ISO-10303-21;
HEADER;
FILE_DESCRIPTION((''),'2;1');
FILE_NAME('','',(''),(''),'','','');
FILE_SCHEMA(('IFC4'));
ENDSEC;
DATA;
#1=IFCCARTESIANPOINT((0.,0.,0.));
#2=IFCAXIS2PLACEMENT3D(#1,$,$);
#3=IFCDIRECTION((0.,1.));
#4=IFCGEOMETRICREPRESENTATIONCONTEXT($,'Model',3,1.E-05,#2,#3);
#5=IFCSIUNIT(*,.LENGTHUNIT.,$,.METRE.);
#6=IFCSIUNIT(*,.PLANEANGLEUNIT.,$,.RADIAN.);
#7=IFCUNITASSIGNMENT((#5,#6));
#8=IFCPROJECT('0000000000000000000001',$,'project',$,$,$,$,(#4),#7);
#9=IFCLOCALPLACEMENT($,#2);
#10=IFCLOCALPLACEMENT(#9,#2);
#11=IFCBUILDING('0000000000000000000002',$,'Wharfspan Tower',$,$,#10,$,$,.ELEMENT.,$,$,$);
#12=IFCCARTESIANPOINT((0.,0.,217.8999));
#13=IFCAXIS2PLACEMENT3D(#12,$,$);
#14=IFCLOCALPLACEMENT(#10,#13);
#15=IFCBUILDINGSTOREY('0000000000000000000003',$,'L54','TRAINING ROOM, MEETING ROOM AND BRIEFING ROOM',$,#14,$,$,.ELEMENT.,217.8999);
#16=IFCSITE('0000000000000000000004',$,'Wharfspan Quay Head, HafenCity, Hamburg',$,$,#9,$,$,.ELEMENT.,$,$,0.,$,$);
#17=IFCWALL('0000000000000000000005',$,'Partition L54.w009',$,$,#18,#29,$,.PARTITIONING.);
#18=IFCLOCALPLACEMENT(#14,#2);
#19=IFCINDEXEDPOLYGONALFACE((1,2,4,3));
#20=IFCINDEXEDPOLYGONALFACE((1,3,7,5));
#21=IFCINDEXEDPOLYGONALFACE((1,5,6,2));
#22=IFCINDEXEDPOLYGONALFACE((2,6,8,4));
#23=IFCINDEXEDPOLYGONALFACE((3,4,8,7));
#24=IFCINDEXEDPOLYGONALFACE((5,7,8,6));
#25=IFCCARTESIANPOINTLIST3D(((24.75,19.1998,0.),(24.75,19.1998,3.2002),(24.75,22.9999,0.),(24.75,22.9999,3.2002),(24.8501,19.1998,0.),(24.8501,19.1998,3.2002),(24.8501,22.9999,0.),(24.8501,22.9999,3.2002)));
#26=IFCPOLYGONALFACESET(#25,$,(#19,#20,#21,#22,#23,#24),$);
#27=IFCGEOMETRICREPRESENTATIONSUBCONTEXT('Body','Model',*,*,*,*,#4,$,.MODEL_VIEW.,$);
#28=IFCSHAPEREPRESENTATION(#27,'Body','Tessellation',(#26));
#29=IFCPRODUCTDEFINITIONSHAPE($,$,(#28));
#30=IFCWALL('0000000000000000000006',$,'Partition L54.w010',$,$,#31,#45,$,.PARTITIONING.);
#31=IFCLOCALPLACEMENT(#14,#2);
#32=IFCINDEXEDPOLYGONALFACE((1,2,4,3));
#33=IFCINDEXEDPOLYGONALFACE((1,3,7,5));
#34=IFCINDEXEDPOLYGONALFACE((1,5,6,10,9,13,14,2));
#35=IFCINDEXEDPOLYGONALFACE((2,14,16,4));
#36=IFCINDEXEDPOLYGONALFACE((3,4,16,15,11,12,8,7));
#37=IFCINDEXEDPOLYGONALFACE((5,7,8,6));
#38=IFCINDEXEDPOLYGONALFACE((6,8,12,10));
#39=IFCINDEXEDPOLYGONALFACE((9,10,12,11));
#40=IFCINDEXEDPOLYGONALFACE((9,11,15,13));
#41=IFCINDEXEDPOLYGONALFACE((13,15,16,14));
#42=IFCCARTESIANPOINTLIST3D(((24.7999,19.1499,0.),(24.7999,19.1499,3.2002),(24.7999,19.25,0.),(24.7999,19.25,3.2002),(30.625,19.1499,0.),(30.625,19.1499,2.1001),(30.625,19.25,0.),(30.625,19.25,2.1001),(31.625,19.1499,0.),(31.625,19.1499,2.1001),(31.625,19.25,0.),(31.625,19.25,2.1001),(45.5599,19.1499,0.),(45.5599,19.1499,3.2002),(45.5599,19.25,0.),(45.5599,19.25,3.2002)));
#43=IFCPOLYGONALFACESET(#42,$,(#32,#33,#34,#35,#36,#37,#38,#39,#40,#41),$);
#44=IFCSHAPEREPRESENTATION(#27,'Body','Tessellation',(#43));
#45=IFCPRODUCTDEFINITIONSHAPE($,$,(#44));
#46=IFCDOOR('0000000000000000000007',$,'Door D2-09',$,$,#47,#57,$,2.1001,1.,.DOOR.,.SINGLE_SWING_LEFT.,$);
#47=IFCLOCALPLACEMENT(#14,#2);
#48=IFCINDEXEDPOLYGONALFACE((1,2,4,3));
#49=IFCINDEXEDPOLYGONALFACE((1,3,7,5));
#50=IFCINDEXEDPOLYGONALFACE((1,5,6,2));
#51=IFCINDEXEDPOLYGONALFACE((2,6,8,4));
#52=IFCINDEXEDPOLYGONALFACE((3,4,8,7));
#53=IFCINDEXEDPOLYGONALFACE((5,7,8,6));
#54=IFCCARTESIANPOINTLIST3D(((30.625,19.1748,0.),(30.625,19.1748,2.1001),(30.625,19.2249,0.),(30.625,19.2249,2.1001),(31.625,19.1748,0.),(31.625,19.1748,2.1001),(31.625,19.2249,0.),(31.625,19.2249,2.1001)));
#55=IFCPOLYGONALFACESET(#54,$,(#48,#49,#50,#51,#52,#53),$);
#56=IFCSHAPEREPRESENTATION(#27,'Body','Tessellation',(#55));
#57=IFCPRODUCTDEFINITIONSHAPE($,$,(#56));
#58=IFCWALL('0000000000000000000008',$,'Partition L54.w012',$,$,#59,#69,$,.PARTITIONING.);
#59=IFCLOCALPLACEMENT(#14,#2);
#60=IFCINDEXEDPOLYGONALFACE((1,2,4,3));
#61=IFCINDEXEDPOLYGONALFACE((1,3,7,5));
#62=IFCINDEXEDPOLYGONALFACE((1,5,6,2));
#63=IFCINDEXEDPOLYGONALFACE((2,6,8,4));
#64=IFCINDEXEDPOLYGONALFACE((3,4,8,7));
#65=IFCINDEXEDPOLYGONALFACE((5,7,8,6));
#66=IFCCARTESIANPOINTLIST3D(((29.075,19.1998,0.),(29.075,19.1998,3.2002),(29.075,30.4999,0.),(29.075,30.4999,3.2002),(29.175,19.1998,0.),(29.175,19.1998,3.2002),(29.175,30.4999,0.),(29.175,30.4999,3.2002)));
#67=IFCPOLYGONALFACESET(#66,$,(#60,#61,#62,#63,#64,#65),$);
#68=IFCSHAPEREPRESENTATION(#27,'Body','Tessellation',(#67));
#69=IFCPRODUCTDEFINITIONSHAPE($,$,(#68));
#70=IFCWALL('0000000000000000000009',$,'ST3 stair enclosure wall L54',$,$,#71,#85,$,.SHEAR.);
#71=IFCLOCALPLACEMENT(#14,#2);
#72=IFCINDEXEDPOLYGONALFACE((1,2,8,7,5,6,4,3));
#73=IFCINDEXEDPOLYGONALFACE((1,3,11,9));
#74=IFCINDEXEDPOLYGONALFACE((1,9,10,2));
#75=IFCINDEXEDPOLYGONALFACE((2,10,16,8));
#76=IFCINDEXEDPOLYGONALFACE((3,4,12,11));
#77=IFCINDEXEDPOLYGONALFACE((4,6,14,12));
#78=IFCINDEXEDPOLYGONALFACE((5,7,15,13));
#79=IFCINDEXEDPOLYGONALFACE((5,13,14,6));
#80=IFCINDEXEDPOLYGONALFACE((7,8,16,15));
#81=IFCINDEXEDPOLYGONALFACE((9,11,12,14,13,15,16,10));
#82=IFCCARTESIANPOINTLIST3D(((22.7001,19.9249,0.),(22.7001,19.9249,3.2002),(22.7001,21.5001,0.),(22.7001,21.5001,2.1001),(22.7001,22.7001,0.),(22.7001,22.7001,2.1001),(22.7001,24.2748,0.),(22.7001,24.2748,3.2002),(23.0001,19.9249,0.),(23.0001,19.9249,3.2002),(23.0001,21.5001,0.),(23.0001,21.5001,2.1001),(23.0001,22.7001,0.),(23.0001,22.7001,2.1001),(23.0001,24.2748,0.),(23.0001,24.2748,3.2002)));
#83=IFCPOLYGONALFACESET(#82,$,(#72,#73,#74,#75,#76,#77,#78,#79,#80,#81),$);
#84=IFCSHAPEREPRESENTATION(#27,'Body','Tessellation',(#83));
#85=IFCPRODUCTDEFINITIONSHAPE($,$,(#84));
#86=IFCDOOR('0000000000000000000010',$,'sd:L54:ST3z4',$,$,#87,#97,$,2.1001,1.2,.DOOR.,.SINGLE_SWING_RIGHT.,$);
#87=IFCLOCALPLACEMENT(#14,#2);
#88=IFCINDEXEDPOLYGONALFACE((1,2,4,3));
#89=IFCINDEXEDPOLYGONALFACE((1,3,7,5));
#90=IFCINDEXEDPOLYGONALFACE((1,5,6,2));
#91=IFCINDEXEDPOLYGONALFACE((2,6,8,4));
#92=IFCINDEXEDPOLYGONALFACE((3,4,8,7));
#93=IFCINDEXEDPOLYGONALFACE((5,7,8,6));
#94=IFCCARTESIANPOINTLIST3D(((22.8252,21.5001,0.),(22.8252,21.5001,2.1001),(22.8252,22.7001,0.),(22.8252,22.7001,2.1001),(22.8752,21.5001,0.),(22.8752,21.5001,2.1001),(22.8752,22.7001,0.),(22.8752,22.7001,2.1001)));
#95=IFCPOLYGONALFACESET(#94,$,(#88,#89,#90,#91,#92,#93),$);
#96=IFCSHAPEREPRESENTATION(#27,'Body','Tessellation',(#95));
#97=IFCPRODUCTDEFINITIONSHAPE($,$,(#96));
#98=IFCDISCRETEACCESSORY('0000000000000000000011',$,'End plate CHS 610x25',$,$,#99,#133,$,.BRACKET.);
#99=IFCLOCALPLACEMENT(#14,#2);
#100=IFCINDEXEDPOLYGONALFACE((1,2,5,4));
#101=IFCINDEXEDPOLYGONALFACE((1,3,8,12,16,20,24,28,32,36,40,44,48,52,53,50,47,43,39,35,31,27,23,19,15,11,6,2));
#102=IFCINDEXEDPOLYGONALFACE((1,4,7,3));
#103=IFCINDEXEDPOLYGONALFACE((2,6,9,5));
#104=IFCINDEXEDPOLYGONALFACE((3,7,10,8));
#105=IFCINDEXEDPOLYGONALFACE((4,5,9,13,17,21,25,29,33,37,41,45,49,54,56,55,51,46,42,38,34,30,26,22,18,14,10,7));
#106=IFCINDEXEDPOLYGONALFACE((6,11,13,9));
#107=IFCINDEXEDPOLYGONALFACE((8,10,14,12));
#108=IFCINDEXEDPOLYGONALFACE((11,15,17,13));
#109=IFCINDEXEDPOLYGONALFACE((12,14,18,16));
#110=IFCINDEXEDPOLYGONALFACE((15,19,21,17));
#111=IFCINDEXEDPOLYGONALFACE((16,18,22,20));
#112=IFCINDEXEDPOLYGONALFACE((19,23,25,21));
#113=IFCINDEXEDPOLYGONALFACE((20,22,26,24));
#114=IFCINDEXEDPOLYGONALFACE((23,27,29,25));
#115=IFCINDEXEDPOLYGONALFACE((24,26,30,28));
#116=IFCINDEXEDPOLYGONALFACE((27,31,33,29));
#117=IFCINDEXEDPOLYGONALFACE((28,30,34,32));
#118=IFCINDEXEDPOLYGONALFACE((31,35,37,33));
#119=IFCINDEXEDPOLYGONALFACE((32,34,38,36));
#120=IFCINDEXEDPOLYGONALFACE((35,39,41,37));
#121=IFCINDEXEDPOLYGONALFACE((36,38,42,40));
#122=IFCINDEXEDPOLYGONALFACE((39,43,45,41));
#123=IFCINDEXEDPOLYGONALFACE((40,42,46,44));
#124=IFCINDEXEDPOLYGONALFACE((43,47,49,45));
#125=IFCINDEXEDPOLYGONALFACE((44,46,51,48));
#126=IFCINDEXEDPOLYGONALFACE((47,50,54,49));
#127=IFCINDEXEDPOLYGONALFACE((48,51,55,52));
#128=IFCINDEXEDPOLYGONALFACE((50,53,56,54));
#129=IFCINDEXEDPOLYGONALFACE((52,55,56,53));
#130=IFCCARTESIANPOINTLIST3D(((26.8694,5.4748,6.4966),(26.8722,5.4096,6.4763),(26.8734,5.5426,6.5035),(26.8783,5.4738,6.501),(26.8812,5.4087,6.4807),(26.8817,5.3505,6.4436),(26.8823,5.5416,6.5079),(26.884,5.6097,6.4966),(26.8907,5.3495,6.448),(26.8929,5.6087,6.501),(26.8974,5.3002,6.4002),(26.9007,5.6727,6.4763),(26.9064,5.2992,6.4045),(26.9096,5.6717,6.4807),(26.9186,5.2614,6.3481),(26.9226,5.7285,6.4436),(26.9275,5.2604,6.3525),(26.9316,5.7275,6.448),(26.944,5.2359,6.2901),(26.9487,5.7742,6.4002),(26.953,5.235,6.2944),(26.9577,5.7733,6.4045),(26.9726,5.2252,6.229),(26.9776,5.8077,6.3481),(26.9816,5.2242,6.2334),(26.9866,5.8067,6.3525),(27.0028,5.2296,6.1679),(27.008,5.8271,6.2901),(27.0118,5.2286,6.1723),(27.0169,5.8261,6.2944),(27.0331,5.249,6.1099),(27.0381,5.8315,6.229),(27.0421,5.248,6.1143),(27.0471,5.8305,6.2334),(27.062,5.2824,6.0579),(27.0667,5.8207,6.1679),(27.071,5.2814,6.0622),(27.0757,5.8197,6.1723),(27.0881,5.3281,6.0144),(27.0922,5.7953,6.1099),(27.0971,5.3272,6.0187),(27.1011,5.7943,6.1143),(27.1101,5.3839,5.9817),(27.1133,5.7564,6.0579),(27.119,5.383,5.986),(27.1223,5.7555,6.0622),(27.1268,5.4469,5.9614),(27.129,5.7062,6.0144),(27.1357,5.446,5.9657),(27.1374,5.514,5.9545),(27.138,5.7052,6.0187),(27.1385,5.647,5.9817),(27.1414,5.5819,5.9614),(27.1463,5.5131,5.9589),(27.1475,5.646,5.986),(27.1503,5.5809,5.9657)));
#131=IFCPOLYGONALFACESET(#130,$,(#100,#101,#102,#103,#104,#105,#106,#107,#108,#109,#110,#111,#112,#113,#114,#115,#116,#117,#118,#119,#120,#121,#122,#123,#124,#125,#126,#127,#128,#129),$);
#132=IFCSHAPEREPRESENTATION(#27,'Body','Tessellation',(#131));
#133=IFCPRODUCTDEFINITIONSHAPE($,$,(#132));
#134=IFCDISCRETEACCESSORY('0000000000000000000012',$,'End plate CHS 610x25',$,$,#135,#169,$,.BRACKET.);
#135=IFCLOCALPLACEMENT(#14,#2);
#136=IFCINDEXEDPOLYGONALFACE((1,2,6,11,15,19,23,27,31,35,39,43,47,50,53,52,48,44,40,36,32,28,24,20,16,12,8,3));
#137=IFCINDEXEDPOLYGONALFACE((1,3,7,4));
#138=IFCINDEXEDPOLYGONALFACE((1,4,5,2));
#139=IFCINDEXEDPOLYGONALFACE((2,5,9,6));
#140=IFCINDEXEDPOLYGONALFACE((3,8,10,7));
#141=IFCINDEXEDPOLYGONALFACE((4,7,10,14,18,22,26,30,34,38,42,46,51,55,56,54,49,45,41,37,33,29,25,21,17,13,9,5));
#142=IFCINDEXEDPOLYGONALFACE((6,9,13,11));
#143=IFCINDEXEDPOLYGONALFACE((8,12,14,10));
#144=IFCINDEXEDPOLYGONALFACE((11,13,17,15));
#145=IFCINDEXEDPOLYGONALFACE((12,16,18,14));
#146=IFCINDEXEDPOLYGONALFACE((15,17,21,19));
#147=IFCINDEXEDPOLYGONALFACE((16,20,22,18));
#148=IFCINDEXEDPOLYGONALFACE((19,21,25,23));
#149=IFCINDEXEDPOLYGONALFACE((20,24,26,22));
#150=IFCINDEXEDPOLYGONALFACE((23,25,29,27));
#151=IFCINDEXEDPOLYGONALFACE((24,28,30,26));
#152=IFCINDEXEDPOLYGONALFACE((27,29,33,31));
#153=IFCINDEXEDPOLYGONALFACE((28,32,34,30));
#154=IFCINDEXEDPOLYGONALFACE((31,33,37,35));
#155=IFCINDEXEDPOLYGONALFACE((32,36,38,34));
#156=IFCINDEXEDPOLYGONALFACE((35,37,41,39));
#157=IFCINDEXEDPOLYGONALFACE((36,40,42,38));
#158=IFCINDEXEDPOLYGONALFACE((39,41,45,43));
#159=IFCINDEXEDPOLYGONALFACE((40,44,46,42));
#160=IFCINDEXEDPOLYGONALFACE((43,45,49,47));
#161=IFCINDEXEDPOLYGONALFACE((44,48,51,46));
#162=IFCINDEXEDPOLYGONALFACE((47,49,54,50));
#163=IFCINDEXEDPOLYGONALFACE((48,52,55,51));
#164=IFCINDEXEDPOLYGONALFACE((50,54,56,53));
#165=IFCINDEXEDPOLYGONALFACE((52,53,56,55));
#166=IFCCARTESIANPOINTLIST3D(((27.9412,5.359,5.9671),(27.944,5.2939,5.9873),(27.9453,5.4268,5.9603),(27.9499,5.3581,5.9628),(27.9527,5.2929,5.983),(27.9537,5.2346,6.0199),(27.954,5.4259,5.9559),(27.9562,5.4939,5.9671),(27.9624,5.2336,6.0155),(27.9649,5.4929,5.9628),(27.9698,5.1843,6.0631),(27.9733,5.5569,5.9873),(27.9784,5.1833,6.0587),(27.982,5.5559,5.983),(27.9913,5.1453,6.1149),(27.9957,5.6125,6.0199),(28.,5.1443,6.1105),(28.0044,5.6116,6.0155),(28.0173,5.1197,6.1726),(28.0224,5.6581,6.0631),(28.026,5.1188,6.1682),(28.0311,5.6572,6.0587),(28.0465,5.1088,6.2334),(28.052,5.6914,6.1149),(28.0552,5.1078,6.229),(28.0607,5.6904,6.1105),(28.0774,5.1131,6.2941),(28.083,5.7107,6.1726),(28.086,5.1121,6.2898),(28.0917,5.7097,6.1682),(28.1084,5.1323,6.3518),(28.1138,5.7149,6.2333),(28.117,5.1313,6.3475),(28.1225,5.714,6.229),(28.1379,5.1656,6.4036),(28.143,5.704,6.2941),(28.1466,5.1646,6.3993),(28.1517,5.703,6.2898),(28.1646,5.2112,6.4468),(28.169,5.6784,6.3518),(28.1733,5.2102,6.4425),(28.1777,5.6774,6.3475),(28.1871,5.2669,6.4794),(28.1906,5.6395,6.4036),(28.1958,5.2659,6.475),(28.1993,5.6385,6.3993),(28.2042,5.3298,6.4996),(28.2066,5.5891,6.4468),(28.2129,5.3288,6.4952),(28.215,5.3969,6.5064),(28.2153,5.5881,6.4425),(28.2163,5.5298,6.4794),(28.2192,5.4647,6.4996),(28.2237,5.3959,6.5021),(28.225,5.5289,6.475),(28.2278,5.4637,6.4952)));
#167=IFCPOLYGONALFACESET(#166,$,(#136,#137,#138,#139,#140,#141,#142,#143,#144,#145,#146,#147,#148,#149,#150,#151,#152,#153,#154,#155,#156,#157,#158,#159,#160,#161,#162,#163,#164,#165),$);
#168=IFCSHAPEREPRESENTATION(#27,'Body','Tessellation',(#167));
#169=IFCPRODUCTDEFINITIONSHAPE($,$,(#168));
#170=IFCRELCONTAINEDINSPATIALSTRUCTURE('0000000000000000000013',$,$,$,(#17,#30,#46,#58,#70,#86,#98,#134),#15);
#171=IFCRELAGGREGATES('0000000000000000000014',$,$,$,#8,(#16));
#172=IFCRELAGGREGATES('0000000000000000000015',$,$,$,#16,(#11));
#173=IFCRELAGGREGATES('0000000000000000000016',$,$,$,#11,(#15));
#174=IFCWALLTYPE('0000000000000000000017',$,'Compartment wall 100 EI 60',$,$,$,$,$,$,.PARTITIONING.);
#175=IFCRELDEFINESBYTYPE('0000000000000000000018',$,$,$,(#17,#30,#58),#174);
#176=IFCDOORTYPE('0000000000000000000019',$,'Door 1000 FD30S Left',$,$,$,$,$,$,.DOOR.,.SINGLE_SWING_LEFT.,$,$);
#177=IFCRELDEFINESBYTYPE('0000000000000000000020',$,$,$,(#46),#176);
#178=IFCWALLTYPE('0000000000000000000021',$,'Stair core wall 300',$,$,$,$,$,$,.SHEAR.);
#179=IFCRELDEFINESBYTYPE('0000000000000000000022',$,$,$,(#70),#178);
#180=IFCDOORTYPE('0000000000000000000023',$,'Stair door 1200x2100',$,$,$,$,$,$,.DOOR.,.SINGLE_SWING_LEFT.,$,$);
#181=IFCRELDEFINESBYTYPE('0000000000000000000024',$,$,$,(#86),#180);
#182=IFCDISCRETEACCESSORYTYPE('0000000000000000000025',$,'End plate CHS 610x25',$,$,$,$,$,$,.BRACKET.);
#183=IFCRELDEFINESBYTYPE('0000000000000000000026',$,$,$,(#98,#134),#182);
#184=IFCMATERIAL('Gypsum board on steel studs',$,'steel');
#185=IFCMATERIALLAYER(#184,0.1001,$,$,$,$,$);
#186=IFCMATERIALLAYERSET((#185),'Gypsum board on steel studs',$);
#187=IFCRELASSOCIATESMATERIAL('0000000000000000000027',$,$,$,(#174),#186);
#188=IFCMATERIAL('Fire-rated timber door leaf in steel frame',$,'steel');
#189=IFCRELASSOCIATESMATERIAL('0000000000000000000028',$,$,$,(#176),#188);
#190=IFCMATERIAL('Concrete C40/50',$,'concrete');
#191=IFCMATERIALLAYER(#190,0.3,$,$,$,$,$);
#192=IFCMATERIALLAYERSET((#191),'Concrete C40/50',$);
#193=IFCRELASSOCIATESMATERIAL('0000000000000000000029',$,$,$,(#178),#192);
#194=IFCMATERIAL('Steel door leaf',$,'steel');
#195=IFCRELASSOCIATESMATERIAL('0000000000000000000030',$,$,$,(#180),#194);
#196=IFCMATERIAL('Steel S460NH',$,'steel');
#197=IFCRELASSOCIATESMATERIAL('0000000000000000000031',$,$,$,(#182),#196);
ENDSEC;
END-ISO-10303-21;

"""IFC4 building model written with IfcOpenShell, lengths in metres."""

from ifc_helpers import new_model, si_unit, direction, frame, frame_2d, origin, origin_2d, place, context, subcontext, project, spatial, rectangle, circle, extrude, material, layer, layer_set, material_profile, profile_set, type_object, element, fill, save


model = new_model("IFC4")

# Units and contexts
model_context = context("Model", 3, precision=1e-05, world=origin(), true_north=direction((0.0, 1.0)))
body_context = subcontext(model_context, "Body", "Model", "MODEL_VIEW")
ifc_project = project(units=[si_unit("LENGTHUNIT", "METRE"), si_unit("PLANEANGLEUNIT", "RADIAN")], contexts=[model_context])

# Site, building, storey
site_placement = place(None, origin())
site = spatial("IfcSite", under=ifc_project, at=site_placement, Name="Wharfspan Quay Head, HafenCity, Hamburg", CompositionType="ELEMENT", RefElevation=0.0)
building_placement = place(site_placement, origin())
building = spatial("IfcBuilding", under=site, at=building_placement, Name="Wharfspan Tower", CompositionType="ELEMENT")
storey_placement = place(building_placement, frame((0.0, 0.0, 217.8999)))
storey = spatial("IfcBuildingStorey", under=building, at=storey_placement, Name="L54", Description="TRAINING ROOM, MEETING ROOM AND BRIEFING ROOM", CompositionType="ELEMENT", Elevation=217.8999)

# Shared definitions
ifc_material_1 = material(Name="Steel S460NH", Category="steel")

# Wall
ifc_material_2 = material(Name="Gypsum board on steel studs", Category="steel")
ifc_layer_1 = layer(ifc_material_2, 0.1001)
ifc_layer_set_1 = layer_set([ifc_layer_1], Name="Gypsum board on steel studs")
wall_type_1 = type_object("IfcWallType", Name="Compartment wall 100 EI 60", PredefinedType="PARTITIONING", material=ifc_layer_set_1)
wall_1_placement = place(storey_placement, frame((24.8, 19.2, 0.0), z_axis=(0.0, 0.0, 1.0), x_axis=(0.0, 1.0, 0.0)))
element("IfcWall", 1, at=wall_1_placement, inside=storey, type_object=wall_type_1, Name="Partition L54.w009", PredefinedType="PARTITIONING", context=body_context, shape_type="SweptSolid", body=[
    extrude(rectangle(XDim=3.8, YDim=0.1001, at=frame_2d((1.8999, 0.0))), origin(), (0.0, 0.0, 1.0), 3.2002),
])

# Wall, opening, door
wall_2_placement = place(storey_placement, frame((24.8, 19.2, 0.0), z_axis=(0.0, 0.0, 1.0), x_axis=(1.0, 0.0, 0.0)))
wall_2 = element("IfcWall", 2, at=wall_2_placement, inside=storey, type_object=wall_type_1, Name="Partition L54.w010", PredefinedType="PARTITIONING", context=body_context, shape_type="SweptSolid", body=[
    extrude(rectangle(XDim=20.76, YDim=0.1001, at=frame_2d((10.3799, 0.0))), origin(), (0.0, 0.0, 1.0), 3.2002),
])
opening_1_placement = place(wall_2_placement, frame((5.825, 0.0, 0.0)))
opening_1 = element("IfcOpeningElement", 3, at=opening_1_placement, cuts=wall_2, PredefinedType="OPENING", context=body_context, shape_type="SweptSolid", body=[
    extrude(rectangle(XDim=1.0, YDim=2.1001, at=frame_2d((0.5, 1.05))), frame((0.0, 0.0601, 0.0), z_axis=(0.0, -1.0, 0.0), x_axis=(1.0, 0.0, 0.0)), (0.0, 0.0, 1.0), 0.1201),
])
ifc_material_3 = material(Name="Fire-rated timber door leaf in steel frame", Category="steel")
door_type_1 = type_object("IfcDoorType", Name="Door 1000 FD30S Left", OperationType="SINGLE_SWING_LEFT", PredefinedType="DOOR", material=ifc_material_3)
door_1_placement = place(opening_1_placement, origin())
door_1 = element("IfcDoor", 4, at=door_1_placement, inside=storey, type_object=door_type_1, Name="Door D2-09", OperationType="SINGLE_SWING_LEFT", OverallHeight=2.1001, OverallWidth=1.0, PredefinedType="DOOR", context=body_context, shape_type="SweptSolid", body=[
    extrude(rectangle(XDim=1.0, YDim=2.1001, at=frame_2d((0.5, 1.05))), frame((0.0, 0.0249, 0.0), z_axis=(0.0, -1.0, 0.0), x_axis=(1.0, 0.0, 0.0)), (0.0, 0.0, 1.0), 0.05),
])
fill(opening_1, door_1)

# Wall
wall_3_placement = place(storey_placement, frame((29.125, 19.2, 0.0), z_axis=(0.0, 0.0, 1.0), x_axis=(0.0, 1.0, 0.0)))
element("IfcWall", 5, at=wall_3_placement, inside=storey, type_object=wall_type_1, Name="Partition L54.w012", PredefinedType="PARTITIONING", context=body_context, shape_type="SweptSolid", body=[
    extrude(rectangle(XDim=11.3, YDim=0.1001, at=frame_2d((5.6499, 0.0))), origin(), (0.0, 0.0, 1.0), 3.2002),
])

# Wall, opening, door
ifc_material_4 = material(Name="Concrete C40/50", Category="concrete")
ifc_layer_2 = layer(ifc_material_4, 0.3)
ifc_layer_set_2 = layer_set([ifc_layer_2], Name="Concrete C40/50")
wall_type_2 = type_object("IfcWallType", Name="Stair core wall 300", PredefinedType="SHEAR", material=ifc_layer_set_2)
wall_4_placement = place(storey_placement, frame((22.8501, 19.925, 0.0), z_axis=(0.0, 0.0, 1.0), x_axis=(0.0, 1.0, 0.0)))
wall_4 = element("IfcWall", 6, at=wall_4_placement, inside=storey, type_object=wall_type_2, Name="ST3 stair enclosure wall L54", PredefinedType="SHEAR", context=body_context, shape_type="SweptSolid", body=[
    extrude(rectangle(XDim=4.3499, YDim=0.3, at=frame_2d((2.1748, 0.0))), origin(), (0.0, 0.0, 1.0), 3.2002),
])
opening_2_placement = place(wall_4_placement, frame((1.575, 0.0, 0.0)))
opening_2 = element("IfcOpeningElement", 7, at=opening_2_placement, cuts=wall_4, PredefinedType="OPENING", context=body_context, shape_type="SweptSolid", body=[
    extrude(rectangle(XDim=1.2, YDim=2.1001, at=frame_2d((0.6001, 1.05))), frame((0.0, 0.1599, 0.0), z_axis=(0.0, -1.0, 0.0), x_axis=(1.0, 0.0, 0.0)), (0.0, 0.0, 1.0), 0.3201),
])
ifc_material_5 = material(Name="Steel door leaf", Category="steel")
door_type_2 = type_object("IfcDoorType", Name="Stair door 1200x2100", OperationType="SINGLE_SWING_LEFT", PredefinedType="DOOR", material=ifc_material_5)
door_2_placement = place(opening_2_placement, origin())
door_2 = element("IfcDoor", 8, at=door_2_placement, inside=storey, type_object=door_type_2, Name="sd:L54:ST3z4", OperationType="SINGLE_SWING_RIGHT", OverallHeight=2.1001, OverallWidth=1.2, PredefinedType="DOOR", context=body_context, shape_type="SweptSolid", body=[
    extrude(rectangle(XDim=1.2, YDim=2.1001, at=frame_2d((0.6001, 1.05))), frame((0.0, 0.0249, 0.0), z_axis=(0.0, -1.0, 0.0), x_axis=(1.0, 0.0, 0.0)), (0.0, 0.0, 1.0), 0.05),
])
fill(opening_2, door_2)

# Discrete accessories
ifc_material_profile_1 = material_profile(ifc_material_1, circle(Radius=0.3049, at=origin_2d()))
ifc_profile_set_1 = profile_set([ifc_material_profile_1], Name="Steel S460NH")
discrete_accessory_type = type_object("IfcDiscreteAccessoryType", Name="End plate CHS 610x25", PredefinedType="BRACKET", material=ifc_profile_set_1)
discrete_accessory_1_placement = place(storey_placement, frame((27.0054, 5.5283, 6.229), z_axis=(0.895016, -0.096758, 0.435413), x_axis=(0.107482, 0.994209, -0.000001)))
element("IfcDiscreteAccessory", 9, at=discrete_accessory_1_placement, inside=storey, type_object=discrete_accessory_type, Name="End plate CHS 610x25", PredefinedType="BRACKET", context=body_context, shape_type="SweptSolid", body=[
    extrude(circle(Radius=0.3049, at=origin_2d()), origin(), (0.0, 0.0, 1.0), 0.01),
])
discrete_accessory_2_placement = place(storey_placement, frame((28.0889, 5.4109, 6.229), z_axis=(-0.890043, 0.098894, 0.445021), x_axis=(-0.110431, -0.99388, 0.000001)))
element("IfcDiscreteAccessory", 10, at=discrete_accessory_2_placement, inside=storey, type_object=discrete_accessory_type, Name="End plate CHS 610x25", PredefinedType="BRACKET", context=body_context, shape_type="SweptSolid", body=[
    extrude(circle(Radius=0.3049, at=origin_2d()), origin(), (0.0, 0.0, 1.0), 0.0098),
])

save(model, "model.ifc")
